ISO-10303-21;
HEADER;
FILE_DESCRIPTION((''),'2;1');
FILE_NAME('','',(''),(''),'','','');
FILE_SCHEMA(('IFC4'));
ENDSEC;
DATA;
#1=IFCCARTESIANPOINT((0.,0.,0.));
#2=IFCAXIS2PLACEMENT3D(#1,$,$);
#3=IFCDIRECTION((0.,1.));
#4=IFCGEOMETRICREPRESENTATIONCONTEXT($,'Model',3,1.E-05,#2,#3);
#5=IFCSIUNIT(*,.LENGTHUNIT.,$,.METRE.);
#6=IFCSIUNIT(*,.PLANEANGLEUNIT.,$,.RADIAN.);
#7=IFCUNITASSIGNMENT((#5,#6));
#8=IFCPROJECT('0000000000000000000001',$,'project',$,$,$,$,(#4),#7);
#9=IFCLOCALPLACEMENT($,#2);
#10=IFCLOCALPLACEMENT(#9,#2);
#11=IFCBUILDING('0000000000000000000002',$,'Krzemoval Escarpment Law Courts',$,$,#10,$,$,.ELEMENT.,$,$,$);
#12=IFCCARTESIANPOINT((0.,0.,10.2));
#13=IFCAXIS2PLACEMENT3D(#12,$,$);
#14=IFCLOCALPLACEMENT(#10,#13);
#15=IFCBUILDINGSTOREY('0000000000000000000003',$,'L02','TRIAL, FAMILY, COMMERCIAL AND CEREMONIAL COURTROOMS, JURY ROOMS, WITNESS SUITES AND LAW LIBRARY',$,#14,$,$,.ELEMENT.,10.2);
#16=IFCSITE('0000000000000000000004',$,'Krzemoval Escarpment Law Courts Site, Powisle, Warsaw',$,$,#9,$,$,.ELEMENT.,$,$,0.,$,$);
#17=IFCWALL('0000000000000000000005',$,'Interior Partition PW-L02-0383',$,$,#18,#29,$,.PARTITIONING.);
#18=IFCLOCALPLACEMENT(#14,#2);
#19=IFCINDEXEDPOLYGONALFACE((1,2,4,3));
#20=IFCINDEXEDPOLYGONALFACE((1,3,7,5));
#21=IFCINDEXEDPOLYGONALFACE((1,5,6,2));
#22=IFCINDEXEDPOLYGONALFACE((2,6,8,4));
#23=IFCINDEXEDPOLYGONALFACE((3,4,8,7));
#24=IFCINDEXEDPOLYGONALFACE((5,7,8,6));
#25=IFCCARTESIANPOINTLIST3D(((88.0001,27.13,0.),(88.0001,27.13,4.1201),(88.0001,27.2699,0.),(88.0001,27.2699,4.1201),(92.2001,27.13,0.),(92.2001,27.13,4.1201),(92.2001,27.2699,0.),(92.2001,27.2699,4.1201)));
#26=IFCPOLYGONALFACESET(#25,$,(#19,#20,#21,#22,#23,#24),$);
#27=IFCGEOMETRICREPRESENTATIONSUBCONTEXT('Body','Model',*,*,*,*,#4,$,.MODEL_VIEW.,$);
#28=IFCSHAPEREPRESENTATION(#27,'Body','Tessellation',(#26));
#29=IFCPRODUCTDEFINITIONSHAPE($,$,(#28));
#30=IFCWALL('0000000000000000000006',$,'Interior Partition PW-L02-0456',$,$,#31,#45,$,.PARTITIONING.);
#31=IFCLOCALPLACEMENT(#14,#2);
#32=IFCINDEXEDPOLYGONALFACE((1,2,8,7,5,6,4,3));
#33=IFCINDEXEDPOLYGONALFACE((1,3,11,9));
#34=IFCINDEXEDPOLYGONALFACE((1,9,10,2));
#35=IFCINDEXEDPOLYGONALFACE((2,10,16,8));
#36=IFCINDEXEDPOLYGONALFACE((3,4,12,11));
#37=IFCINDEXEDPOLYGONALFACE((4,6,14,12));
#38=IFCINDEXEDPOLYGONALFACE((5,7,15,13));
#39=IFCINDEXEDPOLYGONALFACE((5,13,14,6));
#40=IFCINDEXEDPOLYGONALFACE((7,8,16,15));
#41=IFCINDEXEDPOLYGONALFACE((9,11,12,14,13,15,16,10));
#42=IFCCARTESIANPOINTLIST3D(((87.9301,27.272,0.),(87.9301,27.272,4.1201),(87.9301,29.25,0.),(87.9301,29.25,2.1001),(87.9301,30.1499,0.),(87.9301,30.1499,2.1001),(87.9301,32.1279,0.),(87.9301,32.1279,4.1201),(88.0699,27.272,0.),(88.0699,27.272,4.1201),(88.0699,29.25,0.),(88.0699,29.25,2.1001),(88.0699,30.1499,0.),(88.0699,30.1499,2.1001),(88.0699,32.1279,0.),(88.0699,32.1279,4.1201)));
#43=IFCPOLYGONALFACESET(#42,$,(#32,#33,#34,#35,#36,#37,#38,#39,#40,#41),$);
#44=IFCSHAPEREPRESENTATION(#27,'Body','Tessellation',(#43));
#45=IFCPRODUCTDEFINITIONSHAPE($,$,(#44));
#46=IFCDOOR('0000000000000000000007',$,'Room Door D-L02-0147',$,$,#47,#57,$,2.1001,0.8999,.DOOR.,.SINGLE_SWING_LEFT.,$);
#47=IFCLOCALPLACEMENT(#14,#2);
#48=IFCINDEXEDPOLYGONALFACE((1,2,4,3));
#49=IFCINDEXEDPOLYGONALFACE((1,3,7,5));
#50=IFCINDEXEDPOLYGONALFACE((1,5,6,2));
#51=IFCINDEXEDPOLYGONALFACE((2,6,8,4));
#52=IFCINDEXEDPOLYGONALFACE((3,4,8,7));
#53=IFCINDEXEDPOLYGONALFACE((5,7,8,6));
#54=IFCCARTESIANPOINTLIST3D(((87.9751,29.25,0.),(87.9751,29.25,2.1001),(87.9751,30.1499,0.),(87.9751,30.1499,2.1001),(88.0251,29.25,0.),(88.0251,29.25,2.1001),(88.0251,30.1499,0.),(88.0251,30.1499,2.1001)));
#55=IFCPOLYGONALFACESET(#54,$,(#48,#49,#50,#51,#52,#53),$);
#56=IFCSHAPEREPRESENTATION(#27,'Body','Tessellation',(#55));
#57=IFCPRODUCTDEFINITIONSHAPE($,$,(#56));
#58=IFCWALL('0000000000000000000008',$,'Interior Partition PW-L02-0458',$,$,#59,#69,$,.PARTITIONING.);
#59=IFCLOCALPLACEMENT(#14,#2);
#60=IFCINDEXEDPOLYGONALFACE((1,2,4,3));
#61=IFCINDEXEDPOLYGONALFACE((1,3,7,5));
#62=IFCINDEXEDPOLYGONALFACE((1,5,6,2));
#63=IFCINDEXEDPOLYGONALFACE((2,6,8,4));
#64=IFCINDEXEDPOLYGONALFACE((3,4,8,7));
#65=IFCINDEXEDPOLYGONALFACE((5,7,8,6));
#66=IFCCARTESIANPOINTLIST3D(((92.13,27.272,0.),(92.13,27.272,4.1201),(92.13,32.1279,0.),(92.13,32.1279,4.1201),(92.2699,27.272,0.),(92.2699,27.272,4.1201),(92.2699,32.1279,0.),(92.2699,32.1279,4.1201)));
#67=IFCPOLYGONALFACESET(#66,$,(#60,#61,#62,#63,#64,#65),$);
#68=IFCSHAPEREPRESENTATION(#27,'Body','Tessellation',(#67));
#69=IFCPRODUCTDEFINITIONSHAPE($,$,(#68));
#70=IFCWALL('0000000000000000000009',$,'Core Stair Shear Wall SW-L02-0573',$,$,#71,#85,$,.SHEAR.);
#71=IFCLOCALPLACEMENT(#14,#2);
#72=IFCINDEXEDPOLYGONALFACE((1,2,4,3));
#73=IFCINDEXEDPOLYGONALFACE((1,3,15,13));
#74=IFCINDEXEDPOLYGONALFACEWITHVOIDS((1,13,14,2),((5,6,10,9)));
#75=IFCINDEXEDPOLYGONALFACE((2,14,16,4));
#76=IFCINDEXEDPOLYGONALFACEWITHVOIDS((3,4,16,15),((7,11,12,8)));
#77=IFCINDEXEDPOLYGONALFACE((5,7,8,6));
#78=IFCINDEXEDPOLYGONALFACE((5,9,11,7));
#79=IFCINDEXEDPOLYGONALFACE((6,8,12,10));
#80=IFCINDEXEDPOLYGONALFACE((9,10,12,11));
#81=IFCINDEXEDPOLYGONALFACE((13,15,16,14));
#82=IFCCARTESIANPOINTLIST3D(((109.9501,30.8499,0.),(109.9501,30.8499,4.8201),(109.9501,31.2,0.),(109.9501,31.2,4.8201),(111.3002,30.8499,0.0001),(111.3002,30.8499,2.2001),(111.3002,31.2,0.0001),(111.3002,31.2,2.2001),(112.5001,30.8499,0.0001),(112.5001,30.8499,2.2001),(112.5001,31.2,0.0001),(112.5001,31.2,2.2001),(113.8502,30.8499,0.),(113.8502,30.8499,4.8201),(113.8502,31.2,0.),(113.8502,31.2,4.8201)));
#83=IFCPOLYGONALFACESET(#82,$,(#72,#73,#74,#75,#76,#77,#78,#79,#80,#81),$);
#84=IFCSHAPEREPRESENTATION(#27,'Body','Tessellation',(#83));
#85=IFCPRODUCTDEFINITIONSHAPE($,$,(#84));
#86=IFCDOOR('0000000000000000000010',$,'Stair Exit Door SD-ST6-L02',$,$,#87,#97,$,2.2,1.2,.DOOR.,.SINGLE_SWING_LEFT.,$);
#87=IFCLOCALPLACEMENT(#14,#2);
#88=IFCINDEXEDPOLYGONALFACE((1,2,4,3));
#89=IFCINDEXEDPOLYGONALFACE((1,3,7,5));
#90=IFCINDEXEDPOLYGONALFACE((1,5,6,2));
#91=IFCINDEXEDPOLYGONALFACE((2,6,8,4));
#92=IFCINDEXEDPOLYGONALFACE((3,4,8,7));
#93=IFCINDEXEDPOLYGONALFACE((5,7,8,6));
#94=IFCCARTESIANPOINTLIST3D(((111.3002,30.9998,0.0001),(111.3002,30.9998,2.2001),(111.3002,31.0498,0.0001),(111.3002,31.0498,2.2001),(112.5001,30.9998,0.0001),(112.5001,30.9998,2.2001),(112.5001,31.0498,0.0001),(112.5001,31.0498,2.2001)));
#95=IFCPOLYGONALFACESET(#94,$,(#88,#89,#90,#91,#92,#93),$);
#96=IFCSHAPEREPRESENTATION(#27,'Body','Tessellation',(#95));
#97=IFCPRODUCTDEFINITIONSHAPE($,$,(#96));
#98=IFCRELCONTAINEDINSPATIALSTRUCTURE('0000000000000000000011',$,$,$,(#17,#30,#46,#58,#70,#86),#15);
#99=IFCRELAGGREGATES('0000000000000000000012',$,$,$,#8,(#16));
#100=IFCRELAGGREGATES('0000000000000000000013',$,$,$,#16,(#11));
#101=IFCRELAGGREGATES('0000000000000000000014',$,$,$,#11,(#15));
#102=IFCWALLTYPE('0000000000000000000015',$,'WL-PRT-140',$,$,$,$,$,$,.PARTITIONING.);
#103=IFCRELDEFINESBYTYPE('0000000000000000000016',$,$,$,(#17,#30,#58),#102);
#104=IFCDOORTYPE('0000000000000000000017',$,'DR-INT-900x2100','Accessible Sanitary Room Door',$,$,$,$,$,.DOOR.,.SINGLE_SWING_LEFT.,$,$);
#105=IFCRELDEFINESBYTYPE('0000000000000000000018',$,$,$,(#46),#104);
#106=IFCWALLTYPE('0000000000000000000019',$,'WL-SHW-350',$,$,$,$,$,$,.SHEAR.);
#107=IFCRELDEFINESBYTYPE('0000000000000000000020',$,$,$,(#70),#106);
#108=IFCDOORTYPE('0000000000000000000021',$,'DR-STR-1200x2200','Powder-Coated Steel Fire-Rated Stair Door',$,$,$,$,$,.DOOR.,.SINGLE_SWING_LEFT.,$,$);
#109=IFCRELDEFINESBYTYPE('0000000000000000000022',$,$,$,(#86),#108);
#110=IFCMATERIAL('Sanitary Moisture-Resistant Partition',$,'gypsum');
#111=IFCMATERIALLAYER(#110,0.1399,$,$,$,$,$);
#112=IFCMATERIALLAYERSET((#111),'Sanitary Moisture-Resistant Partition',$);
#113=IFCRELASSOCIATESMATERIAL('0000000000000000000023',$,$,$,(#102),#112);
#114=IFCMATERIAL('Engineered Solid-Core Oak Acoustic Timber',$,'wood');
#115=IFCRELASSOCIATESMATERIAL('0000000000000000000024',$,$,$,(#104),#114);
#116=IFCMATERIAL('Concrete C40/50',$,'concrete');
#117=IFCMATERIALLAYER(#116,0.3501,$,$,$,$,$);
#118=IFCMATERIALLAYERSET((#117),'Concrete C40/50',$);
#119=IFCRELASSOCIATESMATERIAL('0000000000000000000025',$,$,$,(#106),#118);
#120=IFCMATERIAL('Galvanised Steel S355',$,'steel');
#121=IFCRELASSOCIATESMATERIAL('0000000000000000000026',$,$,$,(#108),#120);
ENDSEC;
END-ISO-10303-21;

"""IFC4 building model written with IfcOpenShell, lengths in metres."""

from ifc_helpers import new_model, si_unit, direction, frame, frame_2d, origin, place, context, subcontext, project, spatial, rectangle, extrude, material, layer, layer_set, type_object, element, fill, save


model = new_model("IFC4")

# Units and contexts
model_context = context("Model", 3, precision=1e-05, world=origin(), true_north=direction((0.0, 1.0)))
body_context = subcontext(model_context, "Body", "Model", "MODEL_VIEW")
ifc_project = project(units=[si_unit("LENGTHUNIT", "METRE"), si_unit("PLANEANGLEUNIT", "RADIAN")], contexts=[model_context])

# Site, building, storey
site_placement = place(None, origin())
site = spatial("IfcSite", under=ifc_project, at=site_placement, Name="Krzemoval Escarpment Law Courts Site, Powisle, Warsaw", CompositionType="ELEMENT", RefElevation=0.0)
building_placement = place(site_placement, origin())
building = spatial("IfcBuilding", under=site, at=building_placement, Name="Krzemoval Escarpment Law Courts", CompositionType="ELEMENT")
storey_placement = place(building_placement, frame((0.0, 0.0, 10.2)))
storey = spatial("IfcBuildingStorey", under=building, at=storey_placement, Name="L02", Description="TRIAL, FAMILY, COMMERCIAL AND CEREMONIAL COURTROOMS, JURY ROOMS, WITNESS SUITES AND LAW LIBRARY", CompositionType="ELEMENT", Elevation=10.2)

# Wall
ifc_material_1 = material(Name="Sanitary Moisture-Resistant Partition", Category="gypsum")
ifc_layer_1 = layer(ifc_material_1, 0.1399)
ifc_layer_set_1 = layer_set([ifc_layer_1], Name="Sanitary Moisture-Resistant Partition")
wall_type_1 = type_object("IfcWallType", Name="WL-PRT-140", PredefinedType="PARTITIONING", material=ifc_layer_set_1)
wall_1_placement = place(storey_placement, frame((88.0, 27.2, 0.0), z_axis=(0.0, 0.0, 1.0), x_axis=(1.0, 0.0, 0.0)))
element("IfcWall", 1, at=wall_1_placement, inside=storey, type_object=wall_type_1, Name="Interior Partition PW-L02-0383", PredefinedType="PARTITIONING", context=body_context, shape_type="SweptSolid", body=[
    extrude(rectangle(XDim=4.2, YDim=0.1399, at=frame_2d((2.1001, 0.0))), origin(), (0.0, 0.0, 1.0), 4.1201),
])

# Wall, opening, door
wall_2_placement = place(storey_placement, frame((88.0, 27.272, 0.0), z_axis=(0.0, 0.0, 1.0), x_axis=(0.0, 1.0, 0.0)))
wall_2 = element("IfcWall", 2, at=wall_2_placement, inside=storey, type_object=wall_type_1, Name="Interior Partition PW-L02-0456", PredefinedType="PARTITIONING", context=body_context, shape_type="SweptSolid", body=[
    extrude(rectangle(XDim=4.856, YDim=0.1399, at=frame_2d((2.428, 0.0))), origin(), (0.0, 0.0, 1.0), 4.1201),
])
opening_1_placement = place(wall_2_placement, frame((1.978, 0.0, 0.0)))
opening_1 = element("IfcOpeningElement", 3, at=opening_1_placement, cuts=wall_2, PredefinedType="OPENING", context=body_context, shape_type="SweptSolid", body=[
    extrude(rectangle(XDim=0.8999, YDim=2.1001, at=frame_2d((0.45, 1.05))), frame((0.0, 0.0849, 0.0), z_axis=(0.0, -1.0, 0.0), x_axis=(1.0, 0.0, 0.0)), (0.0, 0.0, 1.0), 0.1699),
])
ifc_material_2 = material(Name="Engineered Solid-Core Oak Acoustic Timber", Category="wood")
door_type_1 = type_object("IfcDoorType", Name="DR-INT-900x2100", Description="Accessible Sanitary Room Door", OperationType="SINGLE_SWING_LEFT", PredefinedType="DOOR", material=ifc_material_2)
door_1_placement = place(opening_1_placement, origin())
door_1 = element("IfcDoor", 4, at=door_1_placement, inside=storey, type_object=door_type_1, Name="Room Door D-L02-0147", OperationType="SINGLE_SWING_LEFT", OverallHeight=2.1001, OverallWidth=0.8999, PredefinedType="DOOR", context=body_context, shape_type="SweptSolid", body=[
    extrude(rectangle(XDim=0.8999, YDim=2.1001, at=frame_2d((0.45, 1.05))), frame((0.0, 0.0249, 0.0), z_axis=(0.0, -1.0, 0.0), x_axis=(1.0, 0.0, 0.0)), (0.0, 0.0, 1.0), 0.05),
])
fill(opening_1, door_1)

# Wall
wall_3_placement = place(storey_placement, frame((92.2, 27.272, 0.0), z_axis=(0.0, 0.0, 1.0), x_axis=(0.0, 1.0, 0.0)))
element("IfcWall", 5, at=wall_3_placement, inside=storey, type_object=wall_type_1, Name="Interior Partition PW-L02-0458", PredefinedType="PARTITIONING", context=body_context, shape_type="SweptSolid", body=[
    extrude(rectangle(XDim=4.856, YDim=0.1399, at=frame_2d((2.428, 0.0))), origin(), (0.0, 0.0, 1.0), 4.1201),
])

# Wall, opening, door
ifc_material_3 = material(Name="Concrete C40/50", Category="concrete")
ifc_layer_2 = layer(ifc_material_3, 0.3501)
ifc_layer_set_2 = layer_set([ifc_layer_2], Name="Concrete C40/50")
wall_type_2 = type_object("IfcWallType", Name="WL-SHW-350", PredefinedType="SHEAR", material=ifc_layer_set_2)
wall_4_placement = place(storey_placement, frame((109.95, 31.0249, 0.0), z_axis=(0.0, 0.0, 1.0), x_axis=(1.0, 0.0, 0.0)))
wall_4 = element("IfcWall", 6, at=wall_4_placement, inside=storey, type_object=wall_type_2, Name="Core Stair Shear Wall SW-L02-0573", PredefinedType="SHEAR", context=body_context, shape_type="SweptSolid", body=[
    extrude(rectangle(XDim=3.9001, YDim=0.3501, at=frame_2d((1.9502, 0.0))), origin(), (0.0, 0.0, 1.0), 4.8201),
])
opening_2_placement = place(wall_4_placement, frame((1.3501, 0.0, 0.0)))
opening_2 = element("IfcOpeningElement", 7, at=opening_2_placement, cuts=wall_4, PredefinedType="OPENING", context=body_context, shape_type="SweptSolid", body=[
    extrude(rectangle(XDim=1.2, YDim=2.2, at=frame_2d((0.6001, 1.1001))), frame((0.0, 0.19, 0.0), z_axis=(0.0, -1.0, 0.0), x_axis=(1.0, 0.0, 0.0)), (0.0, 0.0, 1.0), 0.3801),
])
ifc_material_4 = material(Name="Galvanised Steel S355", Category="steel")
door_type_2 = type_object("IfcDoorType", Name="DR-STR-1200x2200", Description="Powder-Coated Steel Fire-Rated Stair Door", OperationType="SINGLE_SWING_LEFT", PredefinedType="DOOR", material=ifc_material_4)
door_2_placement = place(opening_2_placement, origin())
door_2 = element("IfcDoor", 8, at=door_2_placement, inside=storey, type_object=door_type_2, Name="Stair Exit Door SD-ST6-L02", OperationType="SINGLE_SWING_LEFT", OverallHeight=2.2, OverallWidth=1.2, PredefinedType="DOOR", context=body_context, shape_type="SweptSolid", body=[
    extrude(rectangle(XDim=1.2, YDim=2.2, at=frame_2d((0.6001, 1.1001))), frame((0.0, 0.0249, 0.0), z_axis=(0.0, -1.0, 0.0), x_axis=(1.0, 0.0, 0.0)), (0.0, 0.0, 1.0), 0.05),
])
fill(opening_2, door_2)

save(model, "model.ifc")
